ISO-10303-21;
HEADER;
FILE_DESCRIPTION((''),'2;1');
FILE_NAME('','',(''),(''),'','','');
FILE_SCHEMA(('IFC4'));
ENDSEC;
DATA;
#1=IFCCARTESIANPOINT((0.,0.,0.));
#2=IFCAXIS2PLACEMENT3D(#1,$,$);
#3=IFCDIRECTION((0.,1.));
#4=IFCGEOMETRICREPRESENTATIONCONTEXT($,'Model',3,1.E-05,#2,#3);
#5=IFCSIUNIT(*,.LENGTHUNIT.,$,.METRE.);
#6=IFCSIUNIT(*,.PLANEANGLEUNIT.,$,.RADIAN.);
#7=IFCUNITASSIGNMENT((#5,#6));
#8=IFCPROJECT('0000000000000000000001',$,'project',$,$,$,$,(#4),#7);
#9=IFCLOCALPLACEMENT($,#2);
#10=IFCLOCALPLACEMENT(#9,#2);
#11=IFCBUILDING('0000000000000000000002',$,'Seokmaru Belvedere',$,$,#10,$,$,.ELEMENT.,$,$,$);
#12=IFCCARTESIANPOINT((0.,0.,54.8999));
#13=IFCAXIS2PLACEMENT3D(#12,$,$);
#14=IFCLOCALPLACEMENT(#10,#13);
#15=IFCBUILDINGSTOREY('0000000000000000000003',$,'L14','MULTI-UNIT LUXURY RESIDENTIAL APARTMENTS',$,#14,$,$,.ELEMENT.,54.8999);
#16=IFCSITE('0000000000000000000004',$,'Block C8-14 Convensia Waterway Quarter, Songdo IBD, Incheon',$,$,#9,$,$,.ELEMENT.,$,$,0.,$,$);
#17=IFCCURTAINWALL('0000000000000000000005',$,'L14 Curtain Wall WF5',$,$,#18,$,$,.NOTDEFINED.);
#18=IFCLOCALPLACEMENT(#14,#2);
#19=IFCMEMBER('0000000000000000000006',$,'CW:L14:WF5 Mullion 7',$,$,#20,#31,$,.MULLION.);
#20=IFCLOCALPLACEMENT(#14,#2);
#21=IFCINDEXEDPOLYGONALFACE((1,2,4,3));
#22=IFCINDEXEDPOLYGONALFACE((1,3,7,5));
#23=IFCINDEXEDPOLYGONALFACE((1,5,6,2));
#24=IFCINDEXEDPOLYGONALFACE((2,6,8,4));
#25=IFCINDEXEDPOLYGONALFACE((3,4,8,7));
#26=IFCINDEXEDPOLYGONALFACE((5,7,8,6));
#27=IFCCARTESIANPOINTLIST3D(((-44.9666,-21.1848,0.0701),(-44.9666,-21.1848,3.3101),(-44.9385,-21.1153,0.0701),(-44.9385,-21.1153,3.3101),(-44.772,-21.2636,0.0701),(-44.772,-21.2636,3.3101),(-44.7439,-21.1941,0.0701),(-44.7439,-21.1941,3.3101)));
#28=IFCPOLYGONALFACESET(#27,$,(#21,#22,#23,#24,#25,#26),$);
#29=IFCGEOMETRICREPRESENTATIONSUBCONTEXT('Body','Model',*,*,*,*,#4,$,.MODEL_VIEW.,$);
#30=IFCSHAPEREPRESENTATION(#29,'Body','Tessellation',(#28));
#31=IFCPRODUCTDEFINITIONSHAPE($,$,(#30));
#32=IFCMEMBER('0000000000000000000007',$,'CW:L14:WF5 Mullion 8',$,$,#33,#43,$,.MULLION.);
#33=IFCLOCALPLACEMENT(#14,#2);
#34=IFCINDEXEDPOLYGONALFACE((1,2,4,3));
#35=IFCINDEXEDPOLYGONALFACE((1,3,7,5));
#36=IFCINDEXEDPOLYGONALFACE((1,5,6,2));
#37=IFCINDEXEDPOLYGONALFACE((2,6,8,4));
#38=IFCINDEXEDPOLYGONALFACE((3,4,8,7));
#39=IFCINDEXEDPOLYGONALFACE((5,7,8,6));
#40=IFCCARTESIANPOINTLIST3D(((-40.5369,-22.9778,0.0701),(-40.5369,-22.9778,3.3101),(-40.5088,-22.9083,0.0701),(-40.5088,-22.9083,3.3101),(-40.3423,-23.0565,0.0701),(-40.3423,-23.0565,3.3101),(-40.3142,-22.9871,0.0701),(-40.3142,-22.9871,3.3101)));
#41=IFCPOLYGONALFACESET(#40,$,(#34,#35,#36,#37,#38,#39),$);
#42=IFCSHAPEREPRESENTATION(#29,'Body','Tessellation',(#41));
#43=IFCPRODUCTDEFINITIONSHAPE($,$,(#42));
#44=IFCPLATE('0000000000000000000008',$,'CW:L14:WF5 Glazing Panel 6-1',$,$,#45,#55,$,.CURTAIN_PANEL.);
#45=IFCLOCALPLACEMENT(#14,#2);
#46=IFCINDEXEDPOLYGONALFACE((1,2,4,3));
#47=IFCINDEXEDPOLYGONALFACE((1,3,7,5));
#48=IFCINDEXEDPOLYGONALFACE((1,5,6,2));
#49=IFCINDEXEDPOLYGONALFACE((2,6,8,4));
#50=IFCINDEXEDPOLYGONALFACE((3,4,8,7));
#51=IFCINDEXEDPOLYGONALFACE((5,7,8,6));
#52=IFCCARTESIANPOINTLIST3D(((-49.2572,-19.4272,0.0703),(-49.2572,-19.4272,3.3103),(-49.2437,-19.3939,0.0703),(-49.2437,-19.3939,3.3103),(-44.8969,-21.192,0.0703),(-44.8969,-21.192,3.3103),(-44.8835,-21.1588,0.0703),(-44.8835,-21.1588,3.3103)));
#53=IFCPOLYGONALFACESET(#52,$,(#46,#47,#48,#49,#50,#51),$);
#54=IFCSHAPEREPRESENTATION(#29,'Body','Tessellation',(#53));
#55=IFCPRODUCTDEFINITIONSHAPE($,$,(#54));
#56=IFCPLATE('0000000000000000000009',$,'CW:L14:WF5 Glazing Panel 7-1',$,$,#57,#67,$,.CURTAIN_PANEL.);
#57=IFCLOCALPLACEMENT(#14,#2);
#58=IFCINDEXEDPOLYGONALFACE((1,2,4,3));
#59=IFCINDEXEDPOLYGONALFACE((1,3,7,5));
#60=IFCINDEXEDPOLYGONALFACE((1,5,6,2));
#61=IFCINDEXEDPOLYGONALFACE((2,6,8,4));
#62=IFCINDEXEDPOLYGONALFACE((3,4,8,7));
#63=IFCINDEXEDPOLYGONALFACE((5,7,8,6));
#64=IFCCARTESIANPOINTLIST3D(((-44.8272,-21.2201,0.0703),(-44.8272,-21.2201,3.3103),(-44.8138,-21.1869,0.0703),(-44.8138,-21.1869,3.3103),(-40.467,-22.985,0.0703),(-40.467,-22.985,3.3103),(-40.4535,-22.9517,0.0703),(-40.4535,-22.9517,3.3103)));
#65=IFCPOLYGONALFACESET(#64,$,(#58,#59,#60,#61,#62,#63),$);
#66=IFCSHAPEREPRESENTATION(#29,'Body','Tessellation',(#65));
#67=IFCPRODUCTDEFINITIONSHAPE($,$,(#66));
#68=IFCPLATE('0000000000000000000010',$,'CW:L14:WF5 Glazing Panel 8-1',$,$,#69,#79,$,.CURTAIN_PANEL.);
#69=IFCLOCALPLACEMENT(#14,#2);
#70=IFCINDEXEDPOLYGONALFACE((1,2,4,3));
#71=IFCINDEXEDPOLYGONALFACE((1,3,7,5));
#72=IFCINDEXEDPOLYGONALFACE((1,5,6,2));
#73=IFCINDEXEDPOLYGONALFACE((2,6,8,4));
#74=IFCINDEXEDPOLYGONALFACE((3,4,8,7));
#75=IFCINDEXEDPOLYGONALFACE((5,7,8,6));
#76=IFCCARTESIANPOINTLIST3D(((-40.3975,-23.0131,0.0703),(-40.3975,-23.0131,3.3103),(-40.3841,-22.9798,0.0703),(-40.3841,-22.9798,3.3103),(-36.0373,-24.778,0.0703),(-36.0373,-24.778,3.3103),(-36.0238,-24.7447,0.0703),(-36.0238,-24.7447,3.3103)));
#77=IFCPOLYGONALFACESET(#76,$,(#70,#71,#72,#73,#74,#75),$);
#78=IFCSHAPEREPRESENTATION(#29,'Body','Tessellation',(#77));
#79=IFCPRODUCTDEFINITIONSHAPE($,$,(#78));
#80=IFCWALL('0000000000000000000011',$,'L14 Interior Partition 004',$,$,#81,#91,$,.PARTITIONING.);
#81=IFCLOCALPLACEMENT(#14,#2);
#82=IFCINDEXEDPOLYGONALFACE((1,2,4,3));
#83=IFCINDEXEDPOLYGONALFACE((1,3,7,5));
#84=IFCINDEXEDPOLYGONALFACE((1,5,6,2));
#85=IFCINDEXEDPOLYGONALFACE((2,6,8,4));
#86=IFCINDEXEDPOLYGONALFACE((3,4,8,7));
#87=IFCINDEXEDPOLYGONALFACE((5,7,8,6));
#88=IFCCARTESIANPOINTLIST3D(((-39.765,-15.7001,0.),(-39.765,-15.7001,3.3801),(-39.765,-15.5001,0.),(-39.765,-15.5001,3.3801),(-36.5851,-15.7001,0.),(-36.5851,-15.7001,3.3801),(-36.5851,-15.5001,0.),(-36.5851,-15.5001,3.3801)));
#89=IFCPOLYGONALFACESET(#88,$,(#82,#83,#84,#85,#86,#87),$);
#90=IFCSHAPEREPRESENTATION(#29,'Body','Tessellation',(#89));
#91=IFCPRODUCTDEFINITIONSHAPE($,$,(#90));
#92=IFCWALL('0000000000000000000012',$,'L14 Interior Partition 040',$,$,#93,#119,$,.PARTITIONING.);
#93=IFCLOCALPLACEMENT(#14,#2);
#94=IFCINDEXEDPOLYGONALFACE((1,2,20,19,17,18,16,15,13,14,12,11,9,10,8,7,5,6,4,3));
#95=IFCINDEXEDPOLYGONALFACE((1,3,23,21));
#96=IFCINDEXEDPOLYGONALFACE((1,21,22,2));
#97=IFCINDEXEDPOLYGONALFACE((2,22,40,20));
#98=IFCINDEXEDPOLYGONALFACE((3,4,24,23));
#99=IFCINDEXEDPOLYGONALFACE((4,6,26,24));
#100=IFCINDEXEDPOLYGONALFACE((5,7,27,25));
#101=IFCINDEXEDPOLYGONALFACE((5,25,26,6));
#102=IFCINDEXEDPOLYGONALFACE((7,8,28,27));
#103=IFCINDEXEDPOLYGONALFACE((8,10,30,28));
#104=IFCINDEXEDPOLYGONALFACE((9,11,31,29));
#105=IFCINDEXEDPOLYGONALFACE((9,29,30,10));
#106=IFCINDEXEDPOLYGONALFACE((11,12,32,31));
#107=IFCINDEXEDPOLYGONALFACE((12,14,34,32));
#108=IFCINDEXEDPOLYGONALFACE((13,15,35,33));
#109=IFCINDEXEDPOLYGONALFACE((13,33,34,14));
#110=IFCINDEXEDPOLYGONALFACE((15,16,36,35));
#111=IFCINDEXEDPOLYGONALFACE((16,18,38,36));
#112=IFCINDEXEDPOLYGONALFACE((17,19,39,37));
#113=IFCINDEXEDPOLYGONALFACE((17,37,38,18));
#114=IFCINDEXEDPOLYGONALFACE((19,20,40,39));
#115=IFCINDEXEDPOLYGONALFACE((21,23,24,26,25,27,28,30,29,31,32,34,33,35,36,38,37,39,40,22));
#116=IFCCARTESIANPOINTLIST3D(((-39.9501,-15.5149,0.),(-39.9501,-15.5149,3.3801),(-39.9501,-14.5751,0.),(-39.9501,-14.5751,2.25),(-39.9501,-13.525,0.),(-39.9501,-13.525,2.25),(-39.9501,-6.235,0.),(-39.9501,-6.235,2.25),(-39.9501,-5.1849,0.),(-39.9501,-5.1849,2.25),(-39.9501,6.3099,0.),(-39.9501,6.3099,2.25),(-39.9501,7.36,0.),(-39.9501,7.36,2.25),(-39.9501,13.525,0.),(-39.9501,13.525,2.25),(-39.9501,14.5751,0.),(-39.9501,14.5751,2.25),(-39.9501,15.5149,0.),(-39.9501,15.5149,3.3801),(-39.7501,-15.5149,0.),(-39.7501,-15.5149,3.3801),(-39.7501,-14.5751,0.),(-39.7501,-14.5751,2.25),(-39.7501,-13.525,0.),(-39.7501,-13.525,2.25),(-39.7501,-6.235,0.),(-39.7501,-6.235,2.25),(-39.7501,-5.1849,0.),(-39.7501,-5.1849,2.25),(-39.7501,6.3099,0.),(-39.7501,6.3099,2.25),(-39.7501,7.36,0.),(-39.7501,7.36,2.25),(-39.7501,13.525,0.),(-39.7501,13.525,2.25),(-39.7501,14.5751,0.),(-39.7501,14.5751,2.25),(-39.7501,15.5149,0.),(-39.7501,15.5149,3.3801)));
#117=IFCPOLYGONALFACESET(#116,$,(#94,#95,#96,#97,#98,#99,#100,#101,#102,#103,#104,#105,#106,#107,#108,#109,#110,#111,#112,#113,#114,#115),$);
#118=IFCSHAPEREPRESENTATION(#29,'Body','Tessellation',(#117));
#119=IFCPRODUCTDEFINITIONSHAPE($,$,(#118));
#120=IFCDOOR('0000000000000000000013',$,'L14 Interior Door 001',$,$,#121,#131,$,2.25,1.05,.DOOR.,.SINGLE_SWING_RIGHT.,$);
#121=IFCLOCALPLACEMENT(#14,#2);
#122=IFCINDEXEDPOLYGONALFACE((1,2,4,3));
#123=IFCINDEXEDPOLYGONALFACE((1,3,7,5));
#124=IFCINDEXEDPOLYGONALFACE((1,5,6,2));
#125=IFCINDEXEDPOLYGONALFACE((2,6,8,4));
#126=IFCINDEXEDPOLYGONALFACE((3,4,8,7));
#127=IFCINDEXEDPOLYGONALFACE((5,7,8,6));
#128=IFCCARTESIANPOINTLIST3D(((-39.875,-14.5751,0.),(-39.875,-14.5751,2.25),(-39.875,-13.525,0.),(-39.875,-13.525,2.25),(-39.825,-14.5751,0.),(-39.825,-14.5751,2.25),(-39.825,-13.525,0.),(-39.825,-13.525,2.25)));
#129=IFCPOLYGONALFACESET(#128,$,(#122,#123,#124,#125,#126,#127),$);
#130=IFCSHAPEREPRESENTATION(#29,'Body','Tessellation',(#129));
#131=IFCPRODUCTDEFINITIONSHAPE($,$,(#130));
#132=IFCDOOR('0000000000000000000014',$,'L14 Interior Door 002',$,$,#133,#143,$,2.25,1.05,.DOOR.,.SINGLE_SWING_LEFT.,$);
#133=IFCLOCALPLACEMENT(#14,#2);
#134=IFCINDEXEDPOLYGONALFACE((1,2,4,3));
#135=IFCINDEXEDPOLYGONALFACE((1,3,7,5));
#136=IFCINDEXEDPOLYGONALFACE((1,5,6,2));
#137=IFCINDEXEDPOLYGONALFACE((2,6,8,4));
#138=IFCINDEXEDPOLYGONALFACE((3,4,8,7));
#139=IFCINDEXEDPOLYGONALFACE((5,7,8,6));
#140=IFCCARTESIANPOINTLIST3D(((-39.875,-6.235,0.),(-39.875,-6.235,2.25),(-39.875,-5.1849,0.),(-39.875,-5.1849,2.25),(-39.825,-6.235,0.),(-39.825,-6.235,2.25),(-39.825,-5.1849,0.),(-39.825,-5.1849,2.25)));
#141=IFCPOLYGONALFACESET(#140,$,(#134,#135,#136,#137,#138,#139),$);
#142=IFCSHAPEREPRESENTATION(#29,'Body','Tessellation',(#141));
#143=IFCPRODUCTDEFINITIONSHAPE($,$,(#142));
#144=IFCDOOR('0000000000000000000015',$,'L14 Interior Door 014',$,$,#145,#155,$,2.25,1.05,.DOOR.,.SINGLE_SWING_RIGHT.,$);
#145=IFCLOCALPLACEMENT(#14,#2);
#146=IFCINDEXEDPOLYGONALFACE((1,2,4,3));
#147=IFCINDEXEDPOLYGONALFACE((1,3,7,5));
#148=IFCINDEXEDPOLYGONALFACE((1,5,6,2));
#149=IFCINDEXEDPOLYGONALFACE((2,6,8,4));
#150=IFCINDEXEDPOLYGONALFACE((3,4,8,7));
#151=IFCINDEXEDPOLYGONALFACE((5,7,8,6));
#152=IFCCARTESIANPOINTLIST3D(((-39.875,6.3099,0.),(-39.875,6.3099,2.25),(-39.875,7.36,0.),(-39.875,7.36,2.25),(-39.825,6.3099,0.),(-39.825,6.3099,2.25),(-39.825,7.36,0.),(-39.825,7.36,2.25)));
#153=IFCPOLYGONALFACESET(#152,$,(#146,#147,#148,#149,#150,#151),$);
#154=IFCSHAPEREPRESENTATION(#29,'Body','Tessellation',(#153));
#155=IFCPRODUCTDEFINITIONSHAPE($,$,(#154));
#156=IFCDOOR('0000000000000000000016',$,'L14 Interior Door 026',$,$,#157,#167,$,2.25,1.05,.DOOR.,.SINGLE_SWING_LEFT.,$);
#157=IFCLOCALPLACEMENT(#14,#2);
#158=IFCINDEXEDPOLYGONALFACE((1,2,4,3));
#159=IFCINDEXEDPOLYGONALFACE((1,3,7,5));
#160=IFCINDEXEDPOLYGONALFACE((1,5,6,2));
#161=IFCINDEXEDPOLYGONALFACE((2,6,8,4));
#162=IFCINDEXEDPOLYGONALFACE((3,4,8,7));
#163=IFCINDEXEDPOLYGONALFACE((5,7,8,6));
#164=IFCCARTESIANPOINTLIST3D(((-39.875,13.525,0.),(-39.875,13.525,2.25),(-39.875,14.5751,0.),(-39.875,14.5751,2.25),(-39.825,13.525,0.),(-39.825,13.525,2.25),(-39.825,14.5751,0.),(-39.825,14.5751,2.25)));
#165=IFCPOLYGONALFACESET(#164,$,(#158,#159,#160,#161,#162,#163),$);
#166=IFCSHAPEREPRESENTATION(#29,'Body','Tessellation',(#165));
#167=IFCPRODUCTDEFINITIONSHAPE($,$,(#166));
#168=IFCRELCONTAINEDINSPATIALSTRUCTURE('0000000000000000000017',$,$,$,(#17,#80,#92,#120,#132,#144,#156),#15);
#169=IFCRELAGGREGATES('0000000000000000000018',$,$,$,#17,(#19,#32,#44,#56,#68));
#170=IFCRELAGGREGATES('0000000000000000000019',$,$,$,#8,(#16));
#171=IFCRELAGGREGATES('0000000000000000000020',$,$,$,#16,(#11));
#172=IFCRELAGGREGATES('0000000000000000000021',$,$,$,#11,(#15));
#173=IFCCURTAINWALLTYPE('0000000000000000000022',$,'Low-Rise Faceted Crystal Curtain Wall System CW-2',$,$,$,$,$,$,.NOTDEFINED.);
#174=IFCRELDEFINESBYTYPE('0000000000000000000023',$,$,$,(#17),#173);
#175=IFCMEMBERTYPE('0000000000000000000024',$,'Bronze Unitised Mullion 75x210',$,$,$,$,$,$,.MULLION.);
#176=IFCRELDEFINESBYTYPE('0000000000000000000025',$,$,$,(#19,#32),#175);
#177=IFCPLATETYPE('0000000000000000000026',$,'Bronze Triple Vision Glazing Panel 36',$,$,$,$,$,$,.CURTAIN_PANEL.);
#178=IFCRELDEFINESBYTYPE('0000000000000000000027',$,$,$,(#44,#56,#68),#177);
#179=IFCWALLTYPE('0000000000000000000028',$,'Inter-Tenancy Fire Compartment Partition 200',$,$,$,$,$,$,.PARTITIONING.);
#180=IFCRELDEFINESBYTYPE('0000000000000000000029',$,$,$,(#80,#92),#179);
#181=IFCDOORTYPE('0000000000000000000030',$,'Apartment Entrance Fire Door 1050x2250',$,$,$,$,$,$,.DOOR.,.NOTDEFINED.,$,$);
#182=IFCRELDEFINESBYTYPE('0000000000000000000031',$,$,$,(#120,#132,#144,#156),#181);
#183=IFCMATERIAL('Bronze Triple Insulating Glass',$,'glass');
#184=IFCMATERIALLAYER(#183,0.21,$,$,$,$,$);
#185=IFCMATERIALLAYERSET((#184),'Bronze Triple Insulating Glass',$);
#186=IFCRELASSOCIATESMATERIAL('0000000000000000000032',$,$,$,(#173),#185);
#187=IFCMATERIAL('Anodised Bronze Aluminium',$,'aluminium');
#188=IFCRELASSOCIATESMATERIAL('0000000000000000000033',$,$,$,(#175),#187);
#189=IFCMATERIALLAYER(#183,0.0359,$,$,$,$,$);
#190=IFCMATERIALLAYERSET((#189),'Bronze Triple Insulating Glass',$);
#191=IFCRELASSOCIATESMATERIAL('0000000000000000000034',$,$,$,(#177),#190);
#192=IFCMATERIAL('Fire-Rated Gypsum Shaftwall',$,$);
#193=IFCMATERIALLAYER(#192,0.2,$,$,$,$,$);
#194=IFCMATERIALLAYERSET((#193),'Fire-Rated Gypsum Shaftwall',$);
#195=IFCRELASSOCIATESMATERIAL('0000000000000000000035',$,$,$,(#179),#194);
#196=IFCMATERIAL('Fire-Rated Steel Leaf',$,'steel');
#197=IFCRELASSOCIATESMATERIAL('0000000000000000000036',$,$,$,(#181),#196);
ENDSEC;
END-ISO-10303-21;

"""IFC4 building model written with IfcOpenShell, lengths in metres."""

from ifc_helpers import new_model, si_unit, direction, frame, frame_2d, origin, origin_2d, place, context, subcontext, project, spatial, rectangle, extrude, source, transform, mapped, material, layer, layer_set, material_profile, profile_set, type_object, type_shapes, element, fill, aggregate, save


model = new_model("IFC4")

# Units and contexts
model_context = context("Model", 3, precision=1e-05, world=origin(), true_north=direction((0.0, 1.0)))
body_context = subcontext(model_context, "Body", "Model", "MODEL_VIEW")
ifc_project = project(units=[si_unit("LENGTHUNIT", "METRE"), si_unit("PLANEANGLEUNIT", "RADIAN")], contexts=[model_context])

# Site, building, storey
site_placement = place(None, origin())
site = spatial("IfcSite", under=ifc_project, at=site_placement, Name="Block C8-14 Convensia Waterway Quarter, Songdo IBD, Incheon", CompositionType="ELEMENT", RefElevation=0.0)
building_placement = place(site_placement, origin())
building = spatial("IfcBuilding", under=site, at=building_placement, Name="Seokmaru Belvedere", CompositionType="ELEMENT")
storey_placement = place(building_placement, frame((0.0, 0.0, 54.8999)))
storey = spatial("IfcBuildingStorey", under=building, at=storey_placement, Name="L14", Description="MULTI-UNIT LUXURY RESIDENTIAL APARTMENTS", CompositionType="ELEMENT", Elevation=54.8999)

# Curtain wall, members, plates
ifc_material_1 = material(Name="Bronze Triple Insulating Glass", Category="glass")
ifc_layer_1 = layer(ifc_material_1, 0.21)
ifc_layer_set_1 = layer_set([ifc_layer_1], Name="Bronze Triple Insulating Glass")
curtain_wall_type = type_object("IfcCurtainWallType", Name="Low-Rise Faceted Crystal Curtain Wall System CW-2", PredefinedType="NOTDEFINED", material=ifc_layer_set_1)
curtain_wall_placement = place(storey_placement, origin())
curtain_wall = element("IfcCurtainWall", 1, at=curtain_wall_placement, inside=storey, type_object=curtain_wall_type, Name="L14 Curtain Wall WF5", PredefinedType="NOTDEFINED")
ifc_material_2 = material(Name="Anodised Bronze Aluminium", Category="aluminium")
ifc_material_profile_1 = material_profile(ifc_material_2, rectangle(XDim=0.075, YDim=0.21, at=origin_2d()), Name="CW-M-75x210")
ifc_profile_set_1 = profile_set([ifc_material_profile_1], Name="Anodised Bronze Aluminium")
member_type = type_object("IfcMemberType", Name="Bronze Unitised Mullion 75x210", PredefinedType="MULLION", material=ifc_profile_set_1)
shared_shape_1 = source(origin(), body_context, "Body", "SweptSolid", [
    extrude(rectangle(XDim=0.075, YDim=0.21, at=origin_2d()), origin(), (0.0, 0.0, 1.0), 3.24),
])
type_shapes(member_type, [shared_shape_1])
member_1_placement = place(storey_placement, frame((-44.8552, -21.1895, 0.0701), z_axis=(0.0, 0.0, 1.0), x_axis=(0.375192, 0.926947, 0.0)))
member_1 = element("IfcMember", 2, at=member_1_placement, type_object=member_type, Name="CW:L14:WF5 Mullion 7", PredefinedType="MULLION", context=body_context, shape_type="MappedRepresentation", body=[
    mapped(shared_shape_1, transform((0.0, 0.0, 0.0), scale=1.0)),
])
member_2_placement = place(storey_placement, frame((-40.4255, -22.9824, 0.0701), z_axis=(0.0, 0.0, 1.0), x_axis=(0.375192, 0.926947, 0.0)))
member_2 = element("IfcMember", 3, at=member_2_placement, type_object=member_type, Name="CW:L14:WF5 Mullion 8", PredefinedType="MULLION", context=body_context, shape_type="MappedRepresentation", body=[
    mapped(shared_shape_1, transform((0.0, 0.0, 0.0), scale=1.0)),
])
ifc_layer_2 = layer(ifc_material_1, 0.0359)
ifc_layer_set_2 = layer_set([ifc_layer_2], Name="Bronze Triple Insulating Glass")
plate_type = type_object("IfcPlateType", Name="Bronze Triple Vision Glazing Panel 36", PredefinedType="CURTAIN_PANEL", material=ifc_layer_set_2)
shared_shape_2 = source(origin(), body_context, "Body", "SweptSolid", [
    extrude(rectangle(XDim=4.7039, YDim=0.0359, at=origin_2d()), origin(), (0.0, 0.0, 1.0), 3.24),
])
type_shapes(plate_type, [shared_shape_2])
plate_1_placement = place(storey_placement, frame((-47.0703, -20.293, 0.0703), z_axis=(0.0, 0.0, 1.0), x_axis=(0.926947, -0.375192, 0.0)))
plate_1 = element("IfcPlate", 4, at=plate_1_placement, type_object=plate_type, Name="CW:L14:WF5 Glazing Panel 6-1", PredefinedType="CURTAIN_PANEL", context=body_context, shape_type="MappedRepresentation", body=[
    mapped(shared_shape_2, transform((0.0, 0.0, 0.0), scale=1.0)),
])
plate_2_placement = place(storey_placement, frame((-42.6404, -22.0859, 0.0703), z_axis=(0.0, 0.0, 1.0), x_axis=(0.926947, -0.375192, 0.0)))
plate_2 = element("IfcPlate", 5, at=plate_2_placement, type_object=plate_type, Name="CW:L14:WF5 Glazing Panel 7-1", PredefinedType="CURTAIN_PANEL", context=body_context, shape_type="MappedRepresentation", body=[
    mapped(shared_shape_2, transform((0.0, 0.0, 0.0), scale=1.0)),
])
plate_3_placement = place(storey_placement, frame((-38.2107, -23.8789, 0.0703), z_axis=(0.0, 0.0, 1.0), x_axis=(0.926947, -0.375192, 0.0)))
plate_3 = element("IfcPlate", 6, at=plate_3_placement, type_object=plate_type, Name="CW:L14:WF5 Glazing Panel 8-1", PredefinedType="CURTAIN_PANEL", context=body_context, shape_type="MappedRepresentation", body=[
    mapped(shared_shape_2, transform((0.0, 0.0, 0.0), scale=1.0)),
])
aggregate(curtain_wall, [member_1, member_2, plate_1, plate_2, plate_3])

# Wall
ifc_material_3 = material(Name="Fire-Rated Gypsum Shaftwall")
ifc_layer_3 = layer(ifc_material_3, 0.2)
ifc_layer_set_3 = layer_set([ifc_layer_3], Name="Fire-Rated Gypsum Shaftwall")
wall_type = type_object("IfcWallType", Name="Inter-Tenancy Fire Compartment Partition 200", PredefinedType="PARTITIONING", material=ifc_layer_set_3)
wall_1_placement = place(storey_placement, frame((-39.7649, -15.6001, 0.0), z_axis=(0.0, 0.0, 1.0), x_axis=(1.0, 0.0, 0.0)))
element("IfcWall", 7, at=wall_1_placement, inside=storey, type_object=wall_type, Name="L14 Interior Partition 004", PredefinedType="PARTITIONING", context=body_context, shape_type="SweptSolid", body=[
    extrude(rectangle(XDim=3.1799, YDim=0.2, at=frame_2d((1.5898, 0.0))), origin(), (0.0, 0.0, 1.0), 3.3801),
])

# Wall, openings, doors
wall_2_placement = place(storey_placement, frame((-39.8501, -15.5149, 0.0), z_axis=(0.0, 0.0, 1.0), x_axis=(0.0, 1.0, 0.0)))
wall_2 = element("IfcWall", 8, at=wall_2_placement, inside=storey, type_object=wall_type, Name="L14 Interior Partition 040", PredefinedType="PARTITIONING", context=body_context, shape_type="SweptSolid", body=[
    extrude(rectangle(XDim=31.0298, YDim=0.2, at=frame_2d((15.5149, 0.0))), origin(), (0.0, 0.0, 1.0), 3.3801),
])
opening_1_placement = place(wall_2_placement, frame((0.9399, 0.0, 0.0)))
opening_1 = element("IfcOpeningElement", 9, at=opening_1_placement, cuts=wall_2, PredefinedType="OPENING", context=body_context, shape_type="SweptSolid", body=[
    extrude(rectangle(XDim=1.05, YDim=2.25, at=frame_2d((0.5249, 1.125))), frame((0.0, 0.1099, 0.0), z_axis=(0.0, -1.0, 0.0), x_axis=(1.0, 0.0, 0.0)), (0.0, 0.0, 1.0), 0.22),
])
opening_2_placement = place(wall_2_placement, frame((9.28, 0.0, 0.0)))
opening_2 = element("IfcOpeningElement", 10, at=opening_2_placement, cuts=wall_2, PredefinedType="OPENING", context=body_context, shape_type="SweptSolid", body=[
    extrude(rectangle(XDim=1.05, YDim=2.25, at=frame_2d((0.5249, 1.125))), frame((0.0, 0.1099, 0.0), z_axis=(0.0, -1.0, 0.0), x_axis=(1.0, 0.0, 0.0)), (0.0, 0.0, 1.0), 0.22),
])
opening_3_placement = place(wall_2_placement, frame((21.825, 0.0, 0.0)))
opening_3 = element("IfcOpeningElement", 11, at=opening_3_placement, cuts=wall_2, PredefinedType="OPENING", context=body_context, shape_type="SweptSolid", body=[
    extrude(rectangle(XDim=1.05, YDim=2.25, at=frame_2d((0.5249, 1.125))), frame((0.0, 0.1099, 0.0), z_axis=(0.0, -1.0, 0.0), x_axis=(1.0, 0.0, 0.0)), (0.0, 0.0, 1.0), 0.22),
])
opening_4_placement = place(wall_2_placement, frame((29.04, 0.0, 0.0)))
opening_4 = element("IfcOpeningElement", 12, at=opening_4_placement, cuts=wall_2, PredefinedType="OPENING", context=body_context, shape_type="SweptSolid", body=[
    extrude(rectangle(XDim=1.05, YDim=2.25, at=frame_2d((0.5249, 1.125))), frame((0.0, 0.1099, 0.0), z_axis=(0.0, -1.0, 0.0), x_axis=(1.0, 0.0, 0.0)), (0.0, 0.0, 1.0), 0.22),
])
ifc_material_4 = material(Name="Fire-Rated Steel Leaf", Category="steel")
door_type = type_object("IfcDoorType", Name="Apartment Entrance Fire Door 1050x2250", OperationType="NOTDEFINED", PredefinedType="DOOR", material=ifc_material_4)
shared_shape_3 = source(origin(), body_context, "Body", "SweptSolid", [
    extrude(rectangle(XDim=1.05, YDim=2.25, at=frame_2d((0.5249, 1.125))), frame((0.0, 0.0249, 0.0), z_axis=(0.0, -1.0, 0.0), x_axis=(1.0, 0.0, 0.0)), (0.0, 0.0, 1.0), 0.05),
])
type_shapes(door_type, [shared_shape_3])
door_1_placement = place(opening_1_placement, origin())
door_1 = element("IfcDoor", 13, at=door_1_placement, inside=storey, type_object=door_type, Name="L14 Interior Door 001", OperationType="SINGLE_SWING_RIGHT", OverallHeight=2.25, OverallWidth=1.05, PredefinedType="DOOR", context=body_context, shape_type="MappedRepresentation", body=[
    mapped(shared_shape_3, transform((0.0, 0.0, 0.0), scale=1.0)),
])
fill(opening_1, door_1)
door_2_placement = place(opening_2_placement, origin())
door_2 = element("IfcDoor", 14, at=door_2_placement, inside=storey, type_object=door_type, Name="L14 Interior Door 002", OperationType="SINGLE_SWING_LEFT", OverallHeight=2.25, OverallWidth=1.05, PredefinedType="DOOR", context=body_context, shape_type="MappedRepresentation", body=[
    mapped(shared_shape_3, transform((0.0, 0.0, 0.0), scale=1.0)),
])
fill(opening_2, door_2)
door_3_placement = place(opening_3_placement, origin())
door_3 = element("IfcDoor", 15, at=door_3_placement, inside=storey, type_object=door_type, Name="L14 Interior Door 014", OperationType="SINGLE_SWING_RIGHT", OverallHeight=2.25, OverallWidth=1.05, PredefinedType="DOOR", context=body_context, shape_type="MappedRepresentation", body=[
    mapped(shared_shape_3, transform((0.0, 0.0, 0.0), scale=1.0)),
])
fill(opening_3, door_3)
door_4_placement = place(opening_4_placement, origin())
door_4 = element("IfcDoor", 16, at=door_4_placement, inside=storey, type_object=door_type, Name="L14 Interior Door 026", OperationType="SINGLE_SWING_LEFT", OverallHeight=2.25, OverallWidth=1.05, PredefinedType="DOOR", context=body_context, shape_type="MappedRepresentation", body=[
    mapped(shared_shape_3, transform((0.0, 0.0, 0.0), scale=1.0)),
])
fill(opening_4, door_4)

save(model, "model.ifc")
